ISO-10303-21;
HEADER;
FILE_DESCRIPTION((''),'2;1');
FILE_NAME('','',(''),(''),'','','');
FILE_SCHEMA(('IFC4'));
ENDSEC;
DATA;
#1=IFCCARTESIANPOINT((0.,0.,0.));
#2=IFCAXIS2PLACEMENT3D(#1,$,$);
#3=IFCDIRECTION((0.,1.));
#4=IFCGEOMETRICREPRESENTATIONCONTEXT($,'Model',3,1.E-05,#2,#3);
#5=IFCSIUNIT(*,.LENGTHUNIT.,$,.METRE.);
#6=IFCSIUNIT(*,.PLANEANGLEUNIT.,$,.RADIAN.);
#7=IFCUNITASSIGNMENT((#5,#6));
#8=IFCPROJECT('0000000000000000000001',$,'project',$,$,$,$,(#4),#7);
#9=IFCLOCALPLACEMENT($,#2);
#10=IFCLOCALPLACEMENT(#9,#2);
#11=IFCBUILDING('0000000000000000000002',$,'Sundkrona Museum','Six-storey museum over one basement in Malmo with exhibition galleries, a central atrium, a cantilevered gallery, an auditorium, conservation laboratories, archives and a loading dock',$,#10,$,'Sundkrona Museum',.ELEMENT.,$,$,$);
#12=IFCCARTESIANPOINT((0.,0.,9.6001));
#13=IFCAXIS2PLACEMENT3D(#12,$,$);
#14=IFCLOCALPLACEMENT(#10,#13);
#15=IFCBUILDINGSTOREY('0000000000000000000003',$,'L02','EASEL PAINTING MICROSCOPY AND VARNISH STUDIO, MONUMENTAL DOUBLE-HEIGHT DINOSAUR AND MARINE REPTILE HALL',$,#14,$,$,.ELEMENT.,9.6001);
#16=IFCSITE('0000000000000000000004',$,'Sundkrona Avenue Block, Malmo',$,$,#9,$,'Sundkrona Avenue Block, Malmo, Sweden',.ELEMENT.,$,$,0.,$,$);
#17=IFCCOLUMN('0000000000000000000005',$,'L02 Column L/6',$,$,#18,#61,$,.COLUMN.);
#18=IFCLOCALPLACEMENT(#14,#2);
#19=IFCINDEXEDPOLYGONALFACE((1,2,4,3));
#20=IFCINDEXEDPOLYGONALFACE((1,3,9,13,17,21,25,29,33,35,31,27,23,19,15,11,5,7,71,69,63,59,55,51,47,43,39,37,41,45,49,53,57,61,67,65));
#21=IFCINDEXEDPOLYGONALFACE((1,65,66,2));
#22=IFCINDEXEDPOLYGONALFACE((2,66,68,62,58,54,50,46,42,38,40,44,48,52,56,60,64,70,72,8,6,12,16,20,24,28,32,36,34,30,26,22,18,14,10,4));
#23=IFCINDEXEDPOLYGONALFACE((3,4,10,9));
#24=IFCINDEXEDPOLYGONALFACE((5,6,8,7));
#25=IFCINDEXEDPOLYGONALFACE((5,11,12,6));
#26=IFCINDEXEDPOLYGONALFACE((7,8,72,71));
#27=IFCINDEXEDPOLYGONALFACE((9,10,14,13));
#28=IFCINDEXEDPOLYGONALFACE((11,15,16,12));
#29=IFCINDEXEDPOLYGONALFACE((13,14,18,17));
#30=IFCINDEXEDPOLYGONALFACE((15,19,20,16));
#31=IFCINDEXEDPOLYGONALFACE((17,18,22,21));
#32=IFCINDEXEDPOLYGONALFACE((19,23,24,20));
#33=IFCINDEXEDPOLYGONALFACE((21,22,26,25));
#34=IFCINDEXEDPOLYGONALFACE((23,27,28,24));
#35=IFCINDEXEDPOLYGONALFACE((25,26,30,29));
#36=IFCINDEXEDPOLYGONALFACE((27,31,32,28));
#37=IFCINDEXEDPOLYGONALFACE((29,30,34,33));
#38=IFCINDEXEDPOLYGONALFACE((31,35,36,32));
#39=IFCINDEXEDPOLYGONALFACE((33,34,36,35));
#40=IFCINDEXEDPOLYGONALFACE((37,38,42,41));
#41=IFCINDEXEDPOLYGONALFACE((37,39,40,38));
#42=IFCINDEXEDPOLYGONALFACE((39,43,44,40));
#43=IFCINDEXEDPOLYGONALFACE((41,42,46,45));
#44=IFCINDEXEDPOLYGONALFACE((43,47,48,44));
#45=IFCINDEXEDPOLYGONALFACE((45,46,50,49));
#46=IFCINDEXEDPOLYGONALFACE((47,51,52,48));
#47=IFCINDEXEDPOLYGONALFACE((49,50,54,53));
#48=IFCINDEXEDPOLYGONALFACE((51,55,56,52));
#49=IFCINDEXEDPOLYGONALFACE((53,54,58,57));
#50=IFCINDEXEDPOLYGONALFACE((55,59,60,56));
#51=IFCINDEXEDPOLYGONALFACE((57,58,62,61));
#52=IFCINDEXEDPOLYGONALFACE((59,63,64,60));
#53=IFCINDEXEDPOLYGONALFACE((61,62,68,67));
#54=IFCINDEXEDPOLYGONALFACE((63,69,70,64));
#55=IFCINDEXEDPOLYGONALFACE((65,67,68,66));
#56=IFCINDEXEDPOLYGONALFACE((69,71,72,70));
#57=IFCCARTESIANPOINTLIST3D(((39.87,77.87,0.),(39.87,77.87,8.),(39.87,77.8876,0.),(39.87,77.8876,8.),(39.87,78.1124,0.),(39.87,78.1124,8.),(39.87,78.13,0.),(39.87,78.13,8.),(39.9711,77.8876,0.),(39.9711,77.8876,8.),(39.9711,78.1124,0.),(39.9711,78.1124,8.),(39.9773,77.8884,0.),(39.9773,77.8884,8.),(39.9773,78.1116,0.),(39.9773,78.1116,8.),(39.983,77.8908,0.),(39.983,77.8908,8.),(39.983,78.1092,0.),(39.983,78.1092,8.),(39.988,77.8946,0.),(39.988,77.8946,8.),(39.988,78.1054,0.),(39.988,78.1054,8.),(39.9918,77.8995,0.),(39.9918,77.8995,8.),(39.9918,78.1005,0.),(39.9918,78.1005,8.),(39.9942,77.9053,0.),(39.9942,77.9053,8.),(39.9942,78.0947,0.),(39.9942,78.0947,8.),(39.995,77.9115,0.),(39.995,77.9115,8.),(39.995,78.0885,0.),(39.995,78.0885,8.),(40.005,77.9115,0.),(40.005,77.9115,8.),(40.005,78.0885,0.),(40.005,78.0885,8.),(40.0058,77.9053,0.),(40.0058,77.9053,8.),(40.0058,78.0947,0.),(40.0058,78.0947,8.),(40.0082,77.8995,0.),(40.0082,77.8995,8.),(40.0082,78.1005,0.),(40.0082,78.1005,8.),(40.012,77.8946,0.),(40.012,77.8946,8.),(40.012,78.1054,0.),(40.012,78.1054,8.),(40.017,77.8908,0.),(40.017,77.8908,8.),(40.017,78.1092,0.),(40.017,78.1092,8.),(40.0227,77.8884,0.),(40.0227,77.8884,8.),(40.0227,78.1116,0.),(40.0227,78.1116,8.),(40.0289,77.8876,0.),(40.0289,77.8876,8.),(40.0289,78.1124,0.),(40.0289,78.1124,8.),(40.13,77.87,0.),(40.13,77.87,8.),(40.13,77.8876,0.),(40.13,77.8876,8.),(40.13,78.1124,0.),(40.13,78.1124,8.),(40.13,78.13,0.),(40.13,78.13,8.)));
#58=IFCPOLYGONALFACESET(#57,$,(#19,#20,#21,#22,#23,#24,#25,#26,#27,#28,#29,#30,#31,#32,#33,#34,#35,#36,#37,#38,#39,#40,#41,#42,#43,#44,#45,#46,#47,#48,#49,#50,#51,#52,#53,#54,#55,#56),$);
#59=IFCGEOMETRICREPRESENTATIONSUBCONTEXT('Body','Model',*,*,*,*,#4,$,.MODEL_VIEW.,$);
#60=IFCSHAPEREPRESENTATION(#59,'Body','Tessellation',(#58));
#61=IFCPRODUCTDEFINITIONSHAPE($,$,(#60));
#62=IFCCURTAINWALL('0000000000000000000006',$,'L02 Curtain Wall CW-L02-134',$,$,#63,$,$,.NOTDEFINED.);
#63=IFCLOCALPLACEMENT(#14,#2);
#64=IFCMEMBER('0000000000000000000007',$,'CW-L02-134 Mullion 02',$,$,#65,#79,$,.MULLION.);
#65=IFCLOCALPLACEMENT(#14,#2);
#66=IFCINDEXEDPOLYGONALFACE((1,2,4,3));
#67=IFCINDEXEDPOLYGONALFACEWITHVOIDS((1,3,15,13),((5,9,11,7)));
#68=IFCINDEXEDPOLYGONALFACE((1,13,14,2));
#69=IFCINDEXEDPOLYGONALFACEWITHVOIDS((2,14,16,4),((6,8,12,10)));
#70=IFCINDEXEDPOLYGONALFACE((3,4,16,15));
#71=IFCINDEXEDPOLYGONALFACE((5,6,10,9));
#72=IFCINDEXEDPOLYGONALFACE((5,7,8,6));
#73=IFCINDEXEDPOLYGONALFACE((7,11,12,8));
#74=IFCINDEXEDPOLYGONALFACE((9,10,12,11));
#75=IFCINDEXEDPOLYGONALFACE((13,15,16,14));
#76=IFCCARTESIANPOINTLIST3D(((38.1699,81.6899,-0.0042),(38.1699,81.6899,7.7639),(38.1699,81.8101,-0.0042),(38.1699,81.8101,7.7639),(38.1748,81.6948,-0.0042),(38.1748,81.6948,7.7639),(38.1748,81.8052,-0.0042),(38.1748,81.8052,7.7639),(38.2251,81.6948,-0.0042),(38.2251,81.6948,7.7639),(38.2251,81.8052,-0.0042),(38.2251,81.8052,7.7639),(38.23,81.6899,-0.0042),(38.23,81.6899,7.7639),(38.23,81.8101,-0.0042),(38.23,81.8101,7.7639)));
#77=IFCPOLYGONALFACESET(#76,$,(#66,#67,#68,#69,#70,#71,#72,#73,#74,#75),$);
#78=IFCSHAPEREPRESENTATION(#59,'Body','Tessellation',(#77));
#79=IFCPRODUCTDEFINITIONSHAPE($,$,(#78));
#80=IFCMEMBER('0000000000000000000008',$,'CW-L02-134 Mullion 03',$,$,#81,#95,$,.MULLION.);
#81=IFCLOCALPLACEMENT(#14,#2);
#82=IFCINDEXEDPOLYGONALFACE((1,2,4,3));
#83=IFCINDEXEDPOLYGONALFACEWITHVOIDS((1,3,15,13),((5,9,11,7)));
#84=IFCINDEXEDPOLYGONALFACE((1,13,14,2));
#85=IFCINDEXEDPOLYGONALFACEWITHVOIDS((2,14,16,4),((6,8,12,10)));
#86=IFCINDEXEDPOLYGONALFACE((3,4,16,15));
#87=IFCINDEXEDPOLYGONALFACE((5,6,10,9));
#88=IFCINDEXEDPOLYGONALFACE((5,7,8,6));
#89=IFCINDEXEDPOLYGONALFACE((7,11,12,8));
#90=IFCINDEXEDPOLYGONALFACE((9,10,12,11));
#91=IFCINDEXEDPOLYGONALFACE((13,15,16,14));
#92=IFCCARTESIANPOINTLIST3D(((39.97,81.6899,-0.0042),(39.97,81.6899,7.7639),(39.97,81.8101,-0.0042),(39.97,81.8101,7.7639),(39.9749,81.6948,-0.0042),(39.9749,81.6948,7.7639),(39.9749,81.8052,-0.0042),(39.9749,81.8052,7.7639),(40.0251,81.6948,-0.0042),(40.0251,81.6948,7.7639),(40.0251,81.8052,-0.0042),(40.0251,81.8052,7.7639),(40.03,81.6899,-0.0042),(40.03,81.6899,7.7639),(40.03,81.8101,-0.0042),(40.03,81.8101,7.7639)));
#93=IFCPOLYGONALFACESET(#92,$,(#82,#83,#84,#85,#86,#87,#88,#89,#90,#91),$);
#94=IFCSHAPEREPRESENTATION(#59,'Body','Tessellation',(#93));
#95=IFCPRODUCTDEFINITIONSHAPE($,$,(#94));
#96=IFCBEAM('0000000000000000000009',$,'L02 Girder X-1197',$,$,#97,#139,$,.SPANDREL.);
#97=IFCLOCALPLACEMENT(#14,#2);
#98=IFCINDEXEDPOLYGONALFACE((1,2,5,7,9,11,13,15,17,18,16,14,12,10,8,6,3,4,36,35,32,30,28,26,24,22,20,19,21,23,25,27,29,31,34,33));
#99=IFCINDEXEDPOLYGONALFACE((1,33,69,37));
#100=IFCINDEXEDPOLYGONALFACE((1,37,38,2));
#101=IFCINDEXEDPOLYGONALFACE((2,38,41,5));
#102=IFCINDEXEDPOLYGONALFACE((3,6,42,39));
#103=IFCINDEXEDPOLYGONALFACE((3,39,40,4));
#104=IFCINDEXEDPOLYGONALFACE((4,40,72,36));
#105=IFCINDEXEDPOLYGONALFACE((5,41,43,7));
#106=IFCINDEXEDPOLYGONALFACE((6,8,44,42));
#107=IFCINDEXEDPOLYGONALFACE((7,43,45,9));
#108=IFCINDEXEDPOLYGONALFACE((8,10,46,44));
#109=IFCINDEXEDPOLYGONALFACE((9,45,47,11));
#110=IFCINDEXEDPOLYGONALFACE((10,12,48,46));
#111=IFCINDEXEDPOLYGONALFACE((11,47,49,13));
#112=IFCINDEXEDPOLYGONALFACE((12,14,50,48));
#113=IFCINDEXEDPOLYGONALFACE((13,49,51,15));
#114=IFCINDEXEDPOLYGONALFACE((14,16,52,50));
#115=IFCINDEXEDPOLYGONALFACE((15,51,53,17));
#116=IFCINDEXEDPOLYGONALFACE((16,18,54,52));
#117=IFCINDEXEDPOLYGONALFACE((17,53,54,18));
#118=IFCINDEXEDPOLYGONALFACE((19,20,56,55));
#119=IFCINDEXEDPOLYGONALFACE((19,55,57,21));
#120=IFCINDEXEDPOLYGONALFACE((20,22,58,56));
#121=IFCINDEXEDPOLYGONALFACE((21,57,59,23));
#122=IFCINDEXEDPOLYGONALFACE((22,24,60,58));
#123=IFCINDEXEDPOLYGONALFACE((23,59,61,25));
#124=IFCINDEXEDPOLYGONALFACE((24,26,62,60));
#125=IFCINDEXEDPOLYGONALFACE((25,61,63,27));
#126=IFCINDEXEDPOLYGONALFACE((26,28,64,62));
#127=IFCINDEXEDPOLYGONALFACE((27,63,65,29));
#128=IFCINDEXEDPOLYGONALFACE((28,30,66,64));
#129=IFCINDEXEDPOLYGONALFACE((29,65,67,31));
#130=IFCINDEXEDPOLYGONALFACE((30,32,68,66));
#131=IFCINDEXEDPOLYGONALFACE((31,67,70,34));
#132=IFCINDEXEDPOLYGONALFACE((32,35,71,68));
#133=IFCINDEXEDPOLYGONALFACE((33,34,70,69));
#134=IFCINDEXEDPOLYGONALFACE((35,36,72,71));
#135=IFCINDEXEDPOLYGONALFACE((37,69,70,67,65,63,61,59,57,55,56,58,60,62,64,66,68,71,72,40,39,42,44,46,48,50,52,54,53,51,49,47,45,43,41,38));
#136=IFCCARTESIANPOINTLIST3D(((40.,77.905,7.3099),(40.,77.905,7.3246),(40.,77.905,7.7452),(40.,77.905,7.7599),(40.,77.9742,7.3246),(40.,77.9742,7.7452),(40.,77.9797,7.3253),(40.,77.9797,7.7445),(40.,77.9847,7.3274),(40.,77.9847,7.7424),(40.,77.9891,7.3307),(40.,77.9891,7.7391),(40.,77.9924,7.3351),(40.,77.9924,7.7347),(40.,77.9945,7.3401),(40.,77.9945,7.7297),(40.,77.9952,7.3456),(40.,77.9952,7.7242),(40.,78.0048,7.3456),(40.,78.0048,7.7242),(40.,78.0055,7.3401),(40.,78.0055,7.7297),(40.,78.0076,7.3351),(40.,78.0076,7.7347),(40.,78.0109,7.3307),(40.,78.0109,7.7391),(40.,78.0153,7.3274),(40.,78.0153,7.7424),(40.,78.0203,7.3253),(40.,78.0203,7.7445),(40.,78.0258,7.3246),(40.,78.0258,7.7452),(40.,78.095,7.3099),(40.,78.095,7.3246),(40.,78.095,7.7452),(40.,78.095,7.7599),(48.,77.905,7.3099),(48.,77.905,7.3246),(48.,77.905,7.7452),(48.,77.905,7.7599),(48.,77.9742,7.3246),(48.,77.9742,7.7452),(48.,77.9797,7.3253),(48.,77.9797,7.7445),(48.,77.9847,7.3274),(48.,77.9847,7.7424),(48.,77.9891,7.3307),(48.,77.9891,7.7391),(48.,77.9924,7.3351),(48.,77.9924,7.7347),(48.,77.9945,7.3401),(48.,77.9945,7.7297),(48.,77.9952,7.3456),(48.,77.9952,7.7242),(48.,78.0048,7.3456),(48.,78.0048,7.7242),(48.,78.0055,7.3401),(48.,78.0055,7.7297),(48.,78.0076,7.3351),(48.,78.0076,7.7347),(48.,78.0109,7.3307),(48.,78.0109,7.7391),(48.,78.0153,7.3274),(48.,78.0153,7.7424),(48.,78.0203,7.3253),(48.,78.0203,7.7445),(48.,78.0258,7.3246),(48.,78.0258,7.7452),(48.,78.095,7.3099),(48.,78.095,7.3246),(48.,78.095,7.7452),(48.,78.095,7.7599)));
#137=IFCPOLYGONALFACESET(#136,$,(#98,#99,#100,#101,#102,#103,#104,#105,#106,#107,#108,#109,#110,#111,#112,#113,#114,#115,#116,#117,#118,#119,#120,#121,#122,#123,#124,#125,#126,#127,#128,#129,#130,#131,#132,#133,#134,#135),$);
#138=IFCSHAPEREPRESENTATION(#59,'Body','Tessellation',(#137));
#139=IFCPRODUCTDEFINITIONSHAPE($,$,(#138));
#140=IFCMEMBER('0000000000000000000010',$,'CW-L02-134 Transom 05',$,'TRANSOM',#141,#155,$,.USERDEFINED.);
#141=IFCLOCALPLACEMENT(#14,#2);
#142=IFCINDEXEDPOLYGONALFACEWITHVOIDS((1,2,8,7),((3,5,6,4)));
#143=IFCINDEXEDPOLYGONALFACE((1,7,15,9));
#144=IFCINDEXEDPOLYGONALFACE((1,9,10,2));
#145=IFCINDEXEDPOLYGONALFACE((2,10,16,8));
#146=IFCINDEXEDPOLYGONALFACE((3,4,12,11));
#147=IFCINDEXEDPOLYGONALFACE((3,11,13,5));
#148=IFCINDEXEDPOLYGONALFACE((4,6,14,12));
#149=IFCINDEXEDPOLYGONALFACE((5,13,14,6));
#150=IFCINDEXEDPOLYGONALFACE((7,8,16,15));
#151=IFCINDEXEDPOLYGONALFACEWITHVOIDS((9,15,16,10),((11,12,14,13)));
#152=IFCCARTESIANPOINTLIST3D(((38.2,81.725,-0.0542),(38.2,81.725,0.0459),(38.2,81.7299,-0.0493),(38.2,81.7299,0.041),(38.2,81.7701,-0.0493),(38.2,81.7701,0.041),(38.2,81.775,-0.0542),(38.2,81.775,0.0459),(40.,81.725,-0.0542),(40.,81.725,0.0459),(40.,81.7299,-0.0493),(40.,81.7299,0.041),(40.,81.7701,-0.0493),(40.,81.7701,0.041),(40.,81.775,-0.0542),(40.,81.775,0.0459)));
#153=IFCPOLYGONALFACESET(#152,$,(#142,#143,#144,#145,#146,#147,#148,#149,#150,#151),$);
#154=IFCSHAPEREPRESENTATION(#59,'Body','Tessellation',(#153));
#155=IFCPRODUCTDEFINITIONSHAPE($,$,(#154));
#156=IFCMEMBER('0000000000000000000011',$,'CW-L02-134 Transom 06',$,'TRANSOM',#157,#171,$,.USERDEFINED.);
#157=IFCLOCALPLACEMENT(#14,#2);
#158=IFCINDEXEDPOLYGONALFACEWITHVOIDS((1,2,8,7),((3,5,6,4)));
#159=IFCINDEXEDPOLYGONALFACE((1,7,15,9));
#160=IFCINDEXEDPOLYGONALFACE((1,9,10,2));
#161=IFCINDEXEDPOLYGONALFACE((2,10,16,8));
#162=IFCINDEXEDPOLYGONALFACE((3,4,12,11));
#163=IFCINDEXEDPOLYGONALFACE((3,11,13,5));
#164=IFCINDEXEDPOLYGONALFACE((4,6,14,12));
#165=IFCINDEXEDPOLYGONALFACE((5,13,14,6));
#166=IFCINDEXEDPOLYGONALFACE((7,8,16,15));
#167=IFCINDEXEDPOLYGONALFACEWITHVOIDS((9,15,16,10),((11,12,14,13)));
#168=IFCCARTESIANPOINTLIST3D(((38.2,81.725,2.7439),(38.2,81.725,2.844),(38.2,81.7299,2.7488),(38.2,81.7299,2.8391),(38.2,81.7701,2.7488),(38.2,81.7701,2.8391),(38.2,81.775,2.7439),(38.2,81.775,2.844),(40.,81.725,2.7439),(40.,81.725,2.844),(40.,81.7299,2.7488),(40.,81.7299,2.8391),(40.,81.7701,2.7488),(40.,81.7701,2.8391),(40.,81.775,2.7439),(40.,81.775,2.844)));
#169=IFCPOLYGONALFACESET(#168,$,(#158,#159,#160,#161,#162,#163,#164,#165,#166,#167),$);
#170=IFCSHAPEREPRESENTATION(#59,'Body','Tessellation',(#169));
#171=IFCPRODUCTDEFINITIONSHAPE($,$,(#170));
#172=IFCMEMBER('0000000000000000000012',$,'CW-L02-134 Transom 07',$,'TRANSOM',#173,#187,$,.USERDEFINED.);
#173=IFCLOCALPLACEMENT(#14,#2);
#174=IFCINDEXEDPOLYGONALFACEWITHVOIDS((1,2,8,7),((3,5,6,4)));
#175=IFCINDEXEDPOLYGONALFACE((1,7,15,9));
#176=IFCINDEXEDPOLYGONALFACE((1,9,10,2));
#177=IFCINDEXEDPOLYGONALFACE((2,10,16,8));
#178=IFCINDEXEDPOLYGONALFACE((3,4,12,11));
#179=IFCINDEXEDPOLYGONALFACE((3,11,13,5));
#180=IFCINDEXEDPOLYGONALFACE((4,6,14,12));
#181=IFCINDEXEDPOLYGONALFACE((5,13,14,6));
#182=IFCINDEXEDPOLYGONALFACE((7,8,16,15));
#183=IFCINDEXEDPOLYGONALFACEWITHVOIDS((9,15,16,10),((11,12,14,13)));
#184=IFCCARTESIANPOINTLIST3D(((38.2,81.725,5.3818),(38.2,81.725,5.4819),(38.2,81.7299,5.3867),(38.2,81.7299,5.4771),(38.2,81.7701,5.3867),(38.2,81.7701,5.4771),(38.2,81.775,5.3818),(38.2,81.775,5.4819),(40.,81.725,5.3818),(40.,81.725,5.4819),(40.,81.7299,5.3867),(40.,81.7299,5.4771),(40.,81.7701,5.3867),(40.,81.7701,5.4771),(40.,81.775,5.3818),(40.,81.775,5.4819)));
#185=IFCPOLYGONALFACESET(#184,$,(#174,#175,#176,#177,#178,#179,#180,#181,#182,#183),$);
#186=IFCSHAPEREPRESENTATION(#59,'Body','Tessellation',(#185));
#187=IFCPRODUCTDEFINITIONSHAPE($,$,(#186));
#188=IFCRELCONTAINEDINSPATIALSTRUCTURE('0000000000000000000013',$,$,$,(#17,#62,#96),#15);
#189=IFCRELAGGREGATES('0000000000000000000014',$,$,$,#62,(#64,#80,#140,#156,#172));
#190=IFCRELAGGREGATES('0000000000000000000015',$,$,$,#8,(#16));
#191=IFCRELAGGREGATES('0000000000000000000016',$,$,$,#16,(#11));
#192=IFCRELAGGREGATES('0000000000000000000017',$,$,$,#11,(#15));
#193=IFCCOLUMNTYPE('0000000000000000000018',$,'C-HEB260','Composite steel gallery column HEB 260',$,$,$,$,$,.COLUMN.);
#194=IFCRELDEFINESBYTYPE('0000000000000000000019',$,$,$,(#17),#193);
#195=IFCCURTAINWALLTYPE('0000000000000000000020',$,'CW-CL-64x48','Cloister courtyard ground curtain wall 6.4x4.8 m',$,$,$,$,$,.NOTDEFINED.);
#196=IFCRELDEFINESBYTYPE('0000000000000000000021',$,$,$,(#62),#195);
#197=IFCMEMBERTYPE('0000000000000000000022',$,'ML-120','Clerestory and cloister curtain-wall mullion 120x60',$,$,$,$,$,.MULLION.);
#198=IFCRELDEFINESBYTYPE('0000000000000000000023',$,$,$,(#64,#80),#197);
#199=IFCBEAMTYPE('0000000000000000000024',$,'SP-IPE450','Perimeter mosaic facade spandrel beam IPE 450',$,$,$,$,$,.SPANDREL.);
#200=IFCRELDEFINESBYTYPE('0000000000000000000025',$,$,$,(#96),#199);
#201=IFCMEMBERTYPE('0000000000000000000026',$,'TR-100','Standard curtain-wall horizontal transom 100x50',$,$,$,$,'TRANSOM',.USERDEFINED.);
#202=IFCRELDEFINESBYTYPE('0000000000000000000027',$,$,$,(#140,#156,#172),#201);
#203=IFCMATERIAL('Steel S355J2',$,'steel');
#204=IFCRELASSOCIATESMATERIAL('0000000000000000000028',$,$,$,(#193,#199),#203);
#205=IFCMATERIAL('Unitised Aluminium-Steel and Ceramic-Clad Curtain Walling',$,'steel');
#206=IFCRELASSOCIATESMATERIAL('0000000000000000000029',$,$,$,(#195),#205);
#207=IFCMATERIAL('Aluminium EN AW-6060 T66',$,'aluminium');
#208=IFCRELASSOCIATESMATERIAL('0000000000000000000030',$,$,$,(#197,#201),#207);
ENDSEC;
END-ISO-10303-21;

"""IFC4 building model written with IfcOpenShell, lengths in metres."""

from ifc_helpers import new_model, si_unit, direction, frame, origin, origin_2d, place, context, subcontext, project, spatial, hollow_rectangle, i_section, extrude, material, material_profile, profile_set, type_object, element, aggregate, save


model = new_model("IFC4")

# Units and contexts
model_context = context("Model", 3, precision=1e-05, world=origin(), true_north=direction((0.0, 1.0)))
body_context = subcontext(model_context, "Body", "Model", "MODEL_VIEW")
ifc_project = project(units=[si_unit("LENGTHUNIT", "METRE"), si_unit("PLANEANGLEUNIT", "RADIAN")], contexts=[model_context])

# Site, building, storey
site_placement = place(None, origin())
site = spatial("IfcSite", under=ifc_project, at=site_placement, Name="Sundkrona Avenue Block, Malmo", LongName="Sundkrona Avenue Block, Malmo, Sweden", CompositionType="ELEMENT", RefElevation=0.0)
building_placement = place(site_placement, origin())
building = spatial("IfcBuilding", under=site, at=building_placement, Name="Sundkrona Museum", Description="Six-storey museum over one basement in Malmo with exhibition galleries, a central atrium, a cantilevered gallery, an auditorium, conservation laboratories, archives and a loading dock", LongName="Sundkrona Museum", CompositionType="ELEMENT")
storey_placement = place(building_placement, frame((0.0, 0.0, 9.6001)))
storey = spatial("IfcBuildingStorey", under=building, at=storey_placement, Name="L02", Description="EASEL PAINTING MICROSCOPY AND VARNISH STUDIO, MONUMENTAL DOUBLE-HEIGHT DINOSAUR AND MARINE REPTILE HALL", CompositionType="ELEMENT", Elevation=9.6001)

# Column
ifc_material_1 = material(Name="Steel S355J2", Category="steel")
ifc_material_profile_1 = material_profile(ifc_material_1, i_section(OverallWidth=0.26, OverallDepth=0.26, WebThickness=0.01, FlangeThickness=0.0176, FilletRadius=0.0239, at=origin_2d()), Name="HEB 260")
ifc_profile_set_1 = profile_set([ifc_material_profile_1], Name="Steel S355J2")
column_type = type_object("IfcColumnType", Name="C-HEB260", Description="Composite steel gallery column HEB 260", PredefinedType="COLUMN", material=ifc_profile_set_1)
column_placement = place(storey_placement, frame((40.0, 78.0, 0.0), z_axis=(0.0, 0.0, 1.0), x_axis=(1.0, 0.0, 0.0)))
element("IfcColumn", 1, at=column_placement, inside=storey, type_object=column_type, Name="L02 Column L/6", PredefinedType="COLUMN", context=body_context, shape_type="SweptSolid", body=[
    extrude(i_section(OverallWidth=0.26, OverallDepth=0.26, WebThickness=0.01, FlangeThickness=0.0176, FilletRadius=0.0239, at=origin_2d()), origin(), (0.0, 0.0, 1.0), 8.0),
])

# Curtain wall, members
ifc_material_2 = material(Name="Unitised Aluminium-Steel and Ceramic-Clad Curtain Walling", Category="steel")
curtain_wall_type = type_object("IfcCurtainWallType", Name="CW-CL-64x48", Description="Cloister courtyard ground curtain wall 6.4x4.8 m", PredefinedType="NOTDEFINED", material=ifc_material_2)
curtain_wall_placement = place(storey_placement, origin())
curtain_wall = element("IfcCurtainWall", 2, at=curtain_wall_placement, inside=storey, type_object=curtain_wall_type, Name="L02 Curtain Wall CW-L02-134", PredefinedType="NOTDEFINED")
ifc_material_3 = material(Name="Aluminium EN AW-6060 T66", Category="aluminium")
ifc_material_profile_2 = material_profile(ifc_material_3, hollow_rectangle(XDim=0.0601, YDim=0.1201, WallThickness=0.0049, at=origin_2d()), Name="RHS 120x60x5.0")
ifc_profile_set_2 = profile_set([ifc_material_profile_2], Name="Aluminium EN AW-6060 T66")
member_type_1 = type_object("IfcMemberType", Name="ML-120", Description="Clerestory and cloister curtain-wall mullion 120x60", PredefinedType="MULLION", material=ifc_profile_set_2)
member_1_placement = place(storey_placement, frame((38.2, 81.75, -0.0042), z_axis=(0.0, 0.0, 1.0), x_axis=(1.0, 0.0, 0.0)))
member_1 = element("IfcMember", 3, at=member_1_placement, type_object=member_type_1, Name="CW-L02-134 Mullion 02", PredefinedType="MULLION", context=body_context, shape_type="SweptSolid", body=[
    extrude(hollow_rectangle(XDim=0.0601, YDim=0.1201, WallThickness=0.0049, at=origin_2d()), origin(), (0.0, 0.0, 1.0), 7.7681),
])
member_2_placement = place(storey_placement, frame((40.0, 81.75, -0.0042), z_axis=(0.0, 0.0, 1.0), x_axis=(1.0, 0.0, 0.0)))
member_2 = element("IfcMember", 4, at=member_2_placement, type_object=member_type_1, Name="CW-L02-134 Mullion 03", PredefinedType="MULLION", context=body_context, shape_type="SweptSolid", body=[
    extrude(hollow_rectangle(XDim=0.0601, YDim=0.1201, WallThickness=0.0049, at=origin_2d()), origin(), (0.0, 0.0, 1.0), 7.7681),
])

# Beam
ifc_material_profile_3 = material_profile(ifc_material_1, i_section(OverallWidth=0.1899, OverallDepth=0.45, WebThickness=0.0095, FlangeThickness=0.0146, FilletRadius=0.021, at=origin_2d()), Name="IPE 450")
ifc_profile_set_3 = profile_set([ifc_material_profile_3], Name="Steel S355J2")
beam_type = type_object("IfcBeamType", Name="SP-IPE450", Description="Perimeter mosaic facade spandrel beam IPE 450", PredefinedType="SPANDREL", material=ifc_profile_set_3)
beam_placement = place(storey_placement, frame((40.0, 78.0, 7.5349), z_axis=(1.0, 0.0, 0.0), x_axis=(0.0, 1.0, 0.0)))
element("IfcBeam", 5, at=beam_placement, inside=storey, type_object=beam_type, Name="L02 Girder X-1197", PredefinedType="SPANDREL", context=body_context, shape_type="SweptSolid", body=[
    extrude(i_section(OverallWidth=0.1899, OverallDepth=0.45, WebThickness=0.0095, FlangeThickness=0.0146, FilletRadius=0.021, at=origin_2d()), origin(), (0.0, 0.0, 1.0), 8.0),
])

# Members
ifc_material_profile_4 = material_profile(ifc_material_3, hollow_rectangle(XDim=0.05, YDim=0.1001, WallThickness=0.0049, at=origin_2d()), Name="RHS 100x50x5.0")
ifc_profile_set_4 = profile_set([ifc_material_profile_4], Name="Aluminium EN AW-6060 T66")
member_type_2 = type_object("IfcMemberType", Name="TR-100", Description="Standard curtain-wall horizontal transom 100x50", ElementType="TRANSOM", PredefinedType="USERDEFINED", material=ifc_profile_set_4)
member_3_placement = place(storey_placement, frame((38.2, 81.75, -0.0042), z_axis=(1.0, 0.0, 0.0), x_axis=(0.0, 1.0, 0.0)))
member_3 = element("IfcMember", 6, at=member_3_placement, type_object=member_type_2, Name="CW-L02-134 Transom 05", ObjectType="TRANSOM", PredefinedType="USERDEFINED", context=body_context, shape_type="SweptSolid", body=[
    extrude(hollow_rectangle(XDim=0.05, YDim=0.1001, WallThickness=0.0049, at=origin_2d()), origin(), (0.0, 0.0, 1.0), 1.8),
])
member_4_placement = place(storey_placement, frame((38.2, 81.75, 2.7939), z_axis=(1.0, 0.0, 0.0), x_axis=(0.0, 1.0, 0.0)))
member_4 = element("IfcMember", 7, at=member_4_placement, type_object=member_type_2, Name="CW-L02-134 Transom 06", ObjectType="TRANSOM", PredefinedType="USERDEFINED", context=body_context, shape_type="SweptSolid", body=[
    extrude(hollow_rectangle(XDim=0.05, YDim=0.1001, WallThickness=0.0049, at=origin_2d()), origin(), (0.0, 0.0, 1.0), 1.8),
])
member_5_placement = place(storey_placement, frame((38.2, 81.75, 5.4319), z_axis=(1.0, 0.0, 0.0), x_axis=(0.0, 1.0, 0.0)))
member_5 = element("IfcMember", 8, at=member_5_placement, type_object=member_type_2, Name="CW-L02-134 Transom 07", ObjectType="TRANSOM", PredefinedType="USERDEFINED", context=body_context, shape_type="SweptSolid", body=[
    extrude(hollow_rectangle(XDim=0.05, YDim=0.1001, WallThickness=0.0049, at=origin_2d()), origin(), (0.0, 0.0, 1.0), 1.8),
])

aggregate(curtain_wall, [member_1, member_2, member_3, member_4, member_5])

save(model, "model.ifc")
